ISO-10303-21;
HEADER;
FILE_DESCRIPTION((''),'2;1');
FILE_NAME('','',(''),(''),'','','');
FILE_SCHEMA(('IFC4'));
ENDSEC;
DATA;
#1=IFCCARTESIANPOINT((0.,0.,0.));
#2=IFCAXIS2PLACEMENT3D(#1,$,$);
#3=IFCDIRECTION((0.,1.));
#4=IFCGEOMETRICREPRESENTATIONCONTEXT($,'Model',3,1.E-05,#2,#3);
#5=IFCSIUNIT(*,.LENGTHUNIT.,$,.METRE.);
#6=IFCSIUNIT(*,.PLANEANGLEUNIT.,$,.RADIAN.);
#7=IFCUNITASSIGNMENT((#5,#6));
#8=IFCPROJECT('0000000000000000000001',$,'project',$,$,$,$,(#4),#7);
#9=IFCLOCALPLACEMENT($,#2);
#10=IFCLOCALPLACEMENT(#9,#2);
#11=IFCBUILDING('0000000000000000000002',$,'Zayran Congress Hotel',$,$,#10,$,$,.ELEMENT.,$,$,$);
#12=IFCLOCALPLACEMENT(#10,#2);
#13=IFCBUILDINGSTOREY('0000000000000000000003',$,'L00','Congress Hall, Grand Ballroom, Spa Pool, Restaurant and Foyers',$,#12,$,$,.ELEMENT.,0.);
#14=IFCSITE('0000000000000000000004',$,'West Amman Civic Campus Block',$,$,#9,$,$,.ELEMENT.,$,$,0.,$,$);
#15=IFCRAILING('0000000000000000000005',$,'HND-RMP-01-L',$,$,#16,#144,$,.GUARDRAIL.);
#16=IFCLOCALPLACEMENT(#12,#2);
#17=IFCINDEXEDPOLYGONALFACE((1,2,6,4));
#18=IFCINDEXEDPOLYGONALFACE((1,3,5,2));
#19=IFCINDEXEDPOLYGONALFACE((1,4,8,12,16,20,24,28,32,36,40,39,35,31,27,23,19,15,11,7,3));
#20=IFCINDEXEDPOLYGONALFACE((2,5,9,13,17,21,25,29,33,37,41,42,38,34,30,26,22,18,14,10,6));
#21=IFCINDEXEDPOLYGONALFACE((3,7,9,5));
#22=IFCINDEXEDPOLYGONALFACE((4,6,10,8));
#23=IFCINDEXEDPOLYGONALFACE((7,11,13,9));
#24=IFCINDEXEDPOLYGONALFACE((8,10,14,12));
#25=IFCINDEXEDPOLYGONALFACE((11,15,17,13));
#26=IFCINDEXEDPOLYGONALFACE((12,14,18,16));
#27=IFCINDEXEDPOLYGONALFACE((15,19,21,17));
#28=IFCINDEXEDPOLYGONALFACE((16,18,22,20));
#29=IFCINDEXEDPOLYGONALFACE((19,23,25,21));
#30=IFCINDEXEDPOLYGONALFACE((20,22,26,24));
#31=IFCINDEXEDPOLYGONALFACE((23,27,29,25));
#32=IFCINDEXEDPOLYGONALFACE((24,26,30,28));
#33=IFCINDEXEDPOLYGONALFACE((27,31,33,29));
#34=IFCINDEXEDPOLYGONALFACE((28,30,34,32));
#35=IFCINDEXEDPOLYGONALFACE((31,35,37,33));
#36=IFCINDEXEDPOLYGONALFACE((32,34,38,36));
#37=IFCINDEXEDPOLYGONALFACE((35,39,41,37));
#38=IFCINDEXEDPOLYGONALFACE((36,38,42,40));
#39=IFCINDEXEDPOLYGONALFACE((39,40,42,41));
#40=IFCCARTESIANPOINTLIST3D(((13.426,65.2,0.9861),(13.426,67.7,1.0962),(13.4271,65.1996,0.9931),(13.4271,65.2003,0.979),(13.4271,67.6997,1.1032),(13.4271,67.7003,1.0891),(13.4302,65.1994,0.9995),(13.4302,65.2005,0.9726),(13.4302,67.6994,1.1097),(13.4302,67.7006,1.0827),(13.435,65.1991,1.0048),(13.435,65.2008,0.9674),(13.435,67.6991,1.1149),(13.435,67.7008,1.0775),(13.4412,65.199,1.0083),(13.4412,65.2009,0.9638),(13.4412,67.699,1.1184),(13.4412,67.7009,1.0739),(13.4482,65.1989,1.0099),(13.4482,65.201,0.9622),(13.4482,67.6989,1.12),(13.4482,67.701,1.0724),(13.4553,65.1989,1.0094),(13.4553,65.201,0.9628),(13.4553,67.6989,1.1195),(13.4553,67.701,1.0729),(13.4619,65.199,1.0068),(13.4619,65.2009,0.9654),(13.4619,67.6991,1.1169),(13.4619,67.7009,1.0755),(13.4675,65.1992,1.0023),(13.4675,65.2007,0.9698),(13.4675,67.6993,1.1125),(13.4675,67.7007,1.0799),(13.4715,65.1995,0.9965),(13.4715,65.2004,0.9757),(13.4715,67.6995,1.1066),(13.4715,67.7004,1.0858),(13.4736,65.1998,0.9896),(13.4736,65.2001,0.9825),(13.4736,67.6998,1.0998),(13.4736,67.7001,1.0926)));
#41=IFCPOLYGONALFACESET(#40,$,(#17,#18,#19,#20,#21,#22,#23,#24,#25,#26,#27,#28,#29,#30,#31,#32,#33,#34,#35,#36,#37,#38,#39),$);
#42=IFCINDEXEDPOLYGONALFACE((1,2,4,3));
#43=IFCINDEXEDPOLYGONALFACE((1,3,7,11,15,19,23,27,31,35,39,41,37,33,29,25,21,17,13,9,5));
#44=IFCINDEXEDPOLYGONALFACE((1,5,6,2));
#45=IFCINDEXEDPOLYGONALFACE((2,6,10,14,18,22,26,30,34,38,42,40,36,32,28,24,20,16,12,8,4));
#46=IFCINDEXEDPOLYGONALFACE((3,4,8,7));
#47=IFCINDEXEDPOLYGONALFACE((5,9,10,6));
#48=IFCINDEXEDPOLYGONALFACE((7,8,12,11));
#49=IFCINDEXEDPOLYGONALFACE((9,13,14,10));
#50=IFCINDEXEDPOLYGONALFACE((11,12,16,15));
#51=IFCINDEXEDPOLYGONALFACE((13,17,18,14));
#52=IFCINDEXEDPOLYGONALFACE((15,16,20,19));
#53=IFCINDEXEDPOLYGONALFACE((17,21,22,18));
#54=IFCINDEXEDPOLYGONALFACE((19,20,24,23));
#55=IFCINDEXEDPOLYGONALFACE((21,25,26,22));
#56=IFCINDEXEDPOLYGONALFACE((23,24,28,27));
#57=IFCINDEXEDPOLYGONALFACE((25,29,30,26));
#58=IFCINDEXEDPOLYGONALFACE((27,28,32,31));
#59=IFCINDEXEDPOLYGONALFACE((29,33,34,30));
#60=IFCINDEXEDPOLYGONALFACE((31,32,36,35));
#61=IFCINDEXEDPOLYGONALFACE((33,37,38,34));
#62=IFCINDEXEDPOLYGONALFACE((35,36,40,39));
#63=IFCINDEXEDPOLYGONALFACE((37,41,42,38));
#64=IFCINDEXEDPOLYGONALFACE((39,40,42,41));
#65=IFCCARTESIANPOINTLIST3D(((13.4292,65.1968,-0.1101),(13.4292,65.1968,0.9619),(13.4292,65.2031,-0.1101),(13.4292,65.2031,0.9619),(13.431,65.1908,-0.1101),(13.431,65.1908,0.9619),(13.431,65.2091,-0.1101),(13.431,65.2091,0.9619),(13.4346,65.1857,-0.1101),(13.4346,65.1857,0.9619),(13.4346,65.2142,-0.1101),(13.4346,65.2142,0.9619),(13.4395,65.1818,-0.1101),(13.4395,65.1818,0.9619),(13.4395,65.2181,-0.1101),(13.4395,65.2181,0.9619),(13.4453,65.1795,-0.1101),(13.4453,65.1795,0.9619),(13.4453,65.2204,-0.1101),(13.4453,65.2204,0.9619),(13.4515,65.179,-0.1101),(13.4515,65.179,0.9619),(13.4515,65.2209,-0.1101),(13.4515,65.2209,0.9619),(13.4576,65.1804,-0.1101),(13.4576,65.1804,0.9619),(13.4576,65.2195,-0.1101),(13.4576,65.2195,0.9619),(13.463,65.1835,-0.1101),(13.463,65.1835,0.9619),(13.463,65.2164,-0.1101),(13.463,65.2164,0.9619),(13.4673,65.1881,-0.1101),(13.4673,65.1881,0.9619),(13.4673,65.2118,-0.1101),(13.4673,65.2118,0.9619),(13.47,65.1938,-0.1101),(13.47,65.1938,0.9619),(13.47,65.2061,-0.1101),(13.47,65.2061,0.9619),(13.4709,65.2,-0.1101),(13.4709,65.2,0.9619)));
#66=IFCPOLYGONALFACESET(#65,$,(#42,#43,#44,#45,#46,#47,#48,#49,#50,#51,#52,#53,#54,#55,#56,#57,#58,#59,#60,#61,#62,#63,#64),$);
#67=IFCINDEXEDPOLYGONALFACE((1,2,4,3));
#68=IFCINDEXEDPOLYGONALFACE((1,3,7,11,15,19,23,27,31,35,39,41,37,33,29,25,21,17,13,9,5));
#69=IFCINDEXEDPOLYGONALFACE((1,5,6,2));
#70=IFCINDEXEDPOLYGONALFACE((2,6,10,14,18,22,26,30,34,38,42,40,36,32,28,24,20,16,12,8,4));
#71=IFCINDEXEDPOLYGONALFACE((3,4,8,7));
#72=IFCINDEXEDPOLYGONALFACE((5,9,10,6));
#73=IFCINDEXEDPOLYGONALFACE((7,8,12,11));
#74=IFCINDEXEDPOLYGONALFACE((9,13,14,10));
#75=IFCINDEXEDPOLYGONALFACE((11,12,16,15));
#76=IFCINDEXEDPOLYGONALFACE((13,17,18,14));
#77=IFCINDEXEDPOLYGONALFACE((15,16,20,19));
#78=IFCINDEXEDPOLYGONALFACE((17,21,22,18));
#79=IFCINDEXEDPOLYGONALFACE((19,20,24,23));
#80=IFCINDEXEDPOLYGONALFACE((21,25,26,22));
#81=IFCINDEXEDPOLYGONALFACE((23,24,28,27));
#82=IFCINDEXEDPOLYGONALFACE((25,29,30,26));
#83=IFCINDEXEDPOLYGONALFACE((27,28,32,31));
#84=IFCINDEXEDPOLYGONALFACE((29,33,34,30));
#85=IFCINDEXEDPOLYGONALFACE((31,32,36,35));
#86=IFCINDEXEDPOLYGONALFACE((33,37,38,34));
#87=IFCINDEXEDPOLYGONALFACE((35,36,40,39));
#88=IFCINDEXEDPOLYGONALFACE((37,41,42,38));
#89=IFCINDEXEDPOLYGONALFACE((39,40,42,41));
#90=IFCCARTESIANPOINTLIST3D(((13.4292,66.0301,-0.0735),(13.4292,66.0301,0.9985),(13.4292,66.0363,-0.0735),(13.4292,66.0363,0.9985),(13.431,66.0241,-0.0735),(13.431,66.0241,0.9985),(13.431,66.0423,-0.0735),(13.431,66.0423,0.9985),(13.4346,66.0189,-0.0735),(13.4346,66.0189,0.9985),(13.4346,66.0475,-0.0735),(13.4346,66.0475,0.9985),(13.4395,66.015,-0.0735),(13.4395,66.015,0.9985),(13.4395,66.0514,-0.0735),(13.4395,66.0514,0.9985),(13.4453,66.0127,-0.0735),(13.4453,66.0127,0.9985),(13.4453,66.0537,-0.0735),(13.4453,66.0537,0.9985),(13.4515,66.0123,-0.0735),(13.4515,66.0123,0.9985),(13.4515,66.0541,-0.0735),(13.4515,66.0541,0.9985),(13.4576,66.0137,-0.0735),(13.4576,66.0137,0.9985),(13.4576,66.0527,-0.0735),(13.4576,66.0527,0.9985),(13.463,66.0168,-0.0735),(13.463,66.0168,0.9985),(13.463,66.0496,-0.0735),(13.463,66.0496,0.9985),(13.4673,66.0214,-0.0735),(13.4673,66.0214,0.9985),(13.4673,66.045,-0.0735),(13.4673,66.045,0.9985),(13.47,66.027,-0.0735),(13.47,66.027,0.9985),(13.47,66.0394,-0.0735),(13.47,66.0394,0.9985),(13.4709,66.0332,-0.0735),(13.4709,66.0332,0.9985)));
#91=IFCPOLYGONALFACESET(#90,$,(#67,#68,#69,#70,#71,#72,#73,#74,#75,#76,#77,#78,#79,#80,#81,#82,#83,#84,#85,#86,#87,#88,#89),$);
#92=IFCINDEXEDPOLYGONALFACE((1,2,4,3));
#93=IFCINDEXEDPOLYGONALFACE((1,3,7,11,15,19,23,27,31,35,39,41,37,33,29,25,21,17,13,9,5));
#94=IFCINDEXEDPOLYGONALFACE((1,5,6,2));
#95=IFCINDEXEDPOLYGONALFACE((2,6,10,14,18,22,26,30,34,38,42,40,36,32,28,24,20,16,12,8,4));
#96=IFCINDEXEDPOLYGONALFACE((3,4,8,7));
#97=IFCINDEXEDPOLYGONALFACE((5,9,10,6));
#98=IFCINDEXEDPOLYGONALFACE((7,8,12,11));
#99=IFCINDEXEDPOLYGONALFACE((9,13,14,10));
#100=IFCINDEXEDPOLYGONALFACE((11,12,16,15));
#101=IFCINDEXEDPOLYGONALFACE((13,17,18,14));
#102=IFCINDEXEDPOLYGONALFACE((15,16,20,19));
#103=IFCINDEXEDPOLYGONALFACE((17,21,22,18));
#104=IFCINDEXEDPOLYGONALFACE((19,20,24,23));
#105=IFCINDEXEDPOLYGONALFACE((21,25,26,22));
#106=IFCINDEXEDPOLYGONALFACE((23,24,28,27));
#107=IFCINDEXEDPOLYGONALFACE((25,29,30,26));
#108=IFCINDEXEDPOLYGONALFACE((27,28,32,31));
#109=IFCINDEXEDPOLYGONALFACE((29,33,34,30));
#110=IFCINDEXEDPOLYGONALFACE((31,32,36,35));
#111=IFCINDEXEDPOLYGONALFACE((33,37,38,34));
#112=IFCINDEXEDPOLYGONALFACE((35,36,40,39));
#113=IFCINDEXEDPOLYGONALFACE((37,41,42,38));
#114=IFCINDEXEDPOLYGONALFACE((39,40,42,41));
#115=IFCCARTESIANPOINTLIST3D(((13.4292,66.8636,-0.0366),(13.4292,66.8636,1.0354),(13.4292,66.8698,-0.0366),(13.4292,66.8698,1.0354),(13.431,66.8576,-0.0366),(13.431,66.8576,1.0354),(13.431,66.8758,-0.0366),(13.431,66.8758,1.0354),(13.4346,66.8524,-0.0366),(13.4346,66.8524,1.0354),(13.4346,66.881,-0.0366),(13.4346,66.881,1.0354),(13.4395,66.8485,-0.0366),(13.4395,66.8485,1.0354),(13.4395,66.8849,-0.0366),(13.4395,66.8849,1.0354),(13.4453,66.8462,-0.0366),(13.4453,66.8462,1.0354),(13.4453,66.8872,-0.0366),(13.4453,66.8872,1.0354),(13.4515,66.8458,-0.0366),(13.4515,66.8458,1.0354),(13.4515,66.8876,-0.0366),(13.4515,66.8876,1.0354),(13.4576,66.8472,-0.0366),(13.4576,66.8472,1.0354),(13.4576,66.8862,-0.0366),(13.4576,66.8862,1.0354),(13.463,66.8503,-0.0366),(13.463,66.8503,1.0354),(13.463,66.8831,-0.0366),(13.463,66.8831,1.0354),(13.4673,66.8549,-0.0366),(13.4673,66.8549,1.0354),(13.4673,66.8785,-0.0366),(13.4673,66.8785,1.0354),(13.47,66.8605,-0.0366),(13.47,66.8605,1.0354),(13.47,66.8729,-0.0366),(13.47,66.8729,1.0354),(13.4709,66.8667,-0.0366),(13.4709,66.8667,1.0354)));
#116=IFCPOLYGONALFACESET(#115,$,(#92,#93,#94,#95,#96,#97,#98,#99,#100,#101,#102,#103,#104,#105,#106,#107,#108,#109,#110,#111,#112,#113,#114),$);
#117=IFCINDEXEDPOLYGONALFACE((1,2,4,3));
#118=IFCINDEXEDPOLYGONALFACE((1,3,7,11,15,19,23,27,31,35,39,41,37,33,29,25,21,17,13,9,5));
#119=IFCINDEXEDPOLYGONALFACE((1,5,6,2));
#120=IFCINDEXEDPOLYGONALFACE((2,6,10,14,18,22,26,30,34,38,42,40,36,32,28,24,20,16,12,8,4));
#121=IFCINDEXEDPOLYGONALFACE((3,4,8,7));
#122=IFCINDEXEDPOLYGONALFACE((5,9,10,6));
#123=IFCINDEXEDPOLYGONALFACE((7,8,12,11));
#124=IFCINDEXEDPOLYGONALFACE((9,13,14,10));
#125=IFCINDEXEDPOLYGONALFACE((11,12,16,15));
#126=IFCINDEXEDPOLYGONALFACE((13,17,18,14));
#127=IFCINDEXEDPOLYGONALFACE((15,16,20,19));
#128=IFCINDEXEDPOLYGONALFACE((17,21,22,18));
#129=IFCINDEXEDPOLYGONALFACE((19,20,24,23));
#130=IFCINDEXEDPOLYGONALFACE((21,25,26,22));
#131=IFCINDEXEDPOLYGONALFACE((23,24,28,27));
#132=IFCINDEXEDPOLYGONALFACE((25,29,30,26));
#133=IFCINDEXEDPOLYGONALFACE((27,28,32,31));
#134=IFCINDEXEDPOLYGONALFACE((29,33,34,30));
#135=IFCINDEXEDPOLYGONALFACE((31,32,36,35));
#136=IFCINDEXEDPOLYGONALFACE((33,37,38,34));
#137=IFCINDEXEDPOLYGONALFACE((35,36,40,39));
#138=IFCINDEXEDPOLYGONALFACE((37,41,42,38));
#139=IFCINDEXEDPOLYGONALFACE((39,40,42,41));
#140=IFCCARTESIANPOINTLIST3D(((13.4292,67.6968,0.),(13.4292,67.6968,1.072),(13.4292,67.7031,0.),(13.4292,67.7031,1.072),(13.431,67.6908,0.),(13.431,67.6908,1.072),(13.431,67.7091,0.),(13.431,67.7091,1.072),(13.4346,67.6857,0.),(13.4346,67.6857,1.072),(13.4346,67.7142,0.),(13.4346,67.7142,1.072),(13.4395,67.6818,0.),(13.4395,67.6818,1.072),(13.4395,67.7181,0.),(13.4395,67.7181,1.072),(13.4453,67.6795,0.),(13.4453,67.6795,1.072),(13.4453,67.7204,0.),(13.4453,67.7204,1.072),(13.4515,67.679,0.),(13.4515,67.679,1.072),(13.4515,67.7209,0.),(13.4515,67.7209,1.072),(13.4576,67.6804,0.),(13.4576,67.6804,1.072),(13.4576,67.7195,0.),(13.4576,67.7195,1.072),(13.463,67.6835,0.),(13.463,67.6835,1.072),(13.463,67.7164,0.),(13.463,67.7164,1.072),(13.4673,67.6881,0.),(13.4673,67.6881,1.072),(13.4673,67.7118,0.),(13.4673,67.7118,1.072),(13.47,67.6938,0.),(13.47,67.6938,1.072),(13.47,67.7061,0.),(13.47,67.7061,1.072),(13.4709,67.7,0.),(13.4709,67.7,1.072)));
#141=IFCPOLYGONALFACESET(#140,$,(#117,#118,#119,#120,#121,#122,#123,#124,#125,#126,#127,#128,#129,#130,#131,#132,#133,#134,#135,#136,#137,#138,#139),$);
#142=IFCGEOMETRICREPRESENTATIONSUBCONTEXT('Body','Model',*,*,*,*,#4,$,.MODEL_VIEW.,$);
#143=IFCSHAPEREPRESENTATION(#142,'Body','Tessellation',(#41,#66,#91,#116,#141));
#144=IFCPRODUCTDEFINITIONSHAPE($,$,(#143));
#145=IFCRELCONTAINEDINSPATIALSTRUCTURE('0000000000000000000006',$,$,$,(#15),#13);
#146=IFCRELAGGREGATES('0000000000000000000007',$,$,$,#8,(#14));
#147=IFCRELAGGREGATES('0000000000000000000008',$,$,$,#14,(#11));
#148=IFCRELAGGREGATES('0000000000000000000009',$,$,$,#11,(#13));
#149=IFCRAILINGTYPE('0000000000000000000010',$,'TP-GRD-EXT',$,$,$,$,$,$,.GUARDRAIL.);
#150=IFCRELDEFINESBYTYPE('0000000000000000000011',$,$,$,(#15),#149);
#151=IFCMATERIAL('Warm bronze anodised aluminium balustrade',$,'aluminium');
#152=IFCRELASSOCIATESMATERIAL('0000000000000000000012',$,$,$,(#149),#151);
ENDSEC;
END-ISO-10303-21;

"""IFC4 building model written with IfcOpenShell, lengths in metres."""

from ifc_helpers import new_model, si_unit, direction, frame, origin, origin_2d, place, context, subcontext, project, spatial, circle, extrude, material, type_object, element, save


model = new_model("IFC4")

# Units and contexts
model_context = context("Model", 3, precision=1e-05, world=origin(), true_north=direction((0.0, 1.0)))
body_context = subcontext(model_context, "Body", "Model", "MODEL_VIEW")
ifc_project = project(units=[si_unit("LENGTHUNIT", "METRE"), si_unit("PLANEANGLEUNIT", "RADIAN")], contexts=[model_context])

# Site, building, storey
site_placement = place(None, origin())
site = spatial("IfcSite", under=ifc_project, at=site_placement, Name="West Amman Civic Campus Block", CompositionType="ELEMENT", RefElevation=0.0)
building_placement = place(site_placement, origin())
building = spatial("IfcBuilding", under=site, at=building_placement, Name="Zayran Congress Hotel", CompositionType="ELEMENT")
storey_placement = place(building_placement, origin())
storey = spatial("IfcBuildingStorey", under=building, at=storey_placement, Name="L00", Description="Congress Hall, Grand Ballroom, Spa Pool, Restaurant and Foyers", CompositionType="ELEMENT", Elevation=0.0)

# Railing
ifc_material_1 = material(Name="Warm bronze anodised aluminium balustrade", Category="aluminium")
railing_type = type_object("IfcRailingType", Name="TP-GRD-EXT", PredefinedType="GUARDRAIL", material=ifc_material_1)
for number, where, name in (
    (1, (13.45, 65.2, -0.1101), "HND-RMP-01-L"),
):
    element("IfcRailing", number, at=place(storey_placement, frame(where)), inside=storey, type_object=railing_type, Name=name, PredefinedType="GUARDRAIL", context=body_context, shape_type="SweptSolid", body=[
        extrude(circle(Radius=0.0239, at=origin_2d()), frame((0.0, 0.0, 1.0962), z_axis=(0.0, 0.999032, 0.044), x_axis=(-1.0, 0.0, 0.0)), (0.0, 0.0, 1.0), 2.5024),
        extrude(circle(Radius=0.021, at=origin_2d()), origin(), (0.0, 0.0, 1.0), 1.072),
        extrude(circle(Radius=0.021, at=origin_2d()), frame((0.0, 0.8333, 0.0366)), (0.0, 0.0, 1.0), 1.072),
        extrude(circle(Radius=0.021, at=origin_2d()), frame((0.0, 1.6667, 0.0735)), (0.0, 0.0, 1.0), 1.072),
        extrude(circle(Radius=0.021, at=origin_2d()), frame((0.0, 2.5, 0.1101)), (0.0, 0.0, 1.0), 1.072),
    ])

save(model, "model.ifc")
